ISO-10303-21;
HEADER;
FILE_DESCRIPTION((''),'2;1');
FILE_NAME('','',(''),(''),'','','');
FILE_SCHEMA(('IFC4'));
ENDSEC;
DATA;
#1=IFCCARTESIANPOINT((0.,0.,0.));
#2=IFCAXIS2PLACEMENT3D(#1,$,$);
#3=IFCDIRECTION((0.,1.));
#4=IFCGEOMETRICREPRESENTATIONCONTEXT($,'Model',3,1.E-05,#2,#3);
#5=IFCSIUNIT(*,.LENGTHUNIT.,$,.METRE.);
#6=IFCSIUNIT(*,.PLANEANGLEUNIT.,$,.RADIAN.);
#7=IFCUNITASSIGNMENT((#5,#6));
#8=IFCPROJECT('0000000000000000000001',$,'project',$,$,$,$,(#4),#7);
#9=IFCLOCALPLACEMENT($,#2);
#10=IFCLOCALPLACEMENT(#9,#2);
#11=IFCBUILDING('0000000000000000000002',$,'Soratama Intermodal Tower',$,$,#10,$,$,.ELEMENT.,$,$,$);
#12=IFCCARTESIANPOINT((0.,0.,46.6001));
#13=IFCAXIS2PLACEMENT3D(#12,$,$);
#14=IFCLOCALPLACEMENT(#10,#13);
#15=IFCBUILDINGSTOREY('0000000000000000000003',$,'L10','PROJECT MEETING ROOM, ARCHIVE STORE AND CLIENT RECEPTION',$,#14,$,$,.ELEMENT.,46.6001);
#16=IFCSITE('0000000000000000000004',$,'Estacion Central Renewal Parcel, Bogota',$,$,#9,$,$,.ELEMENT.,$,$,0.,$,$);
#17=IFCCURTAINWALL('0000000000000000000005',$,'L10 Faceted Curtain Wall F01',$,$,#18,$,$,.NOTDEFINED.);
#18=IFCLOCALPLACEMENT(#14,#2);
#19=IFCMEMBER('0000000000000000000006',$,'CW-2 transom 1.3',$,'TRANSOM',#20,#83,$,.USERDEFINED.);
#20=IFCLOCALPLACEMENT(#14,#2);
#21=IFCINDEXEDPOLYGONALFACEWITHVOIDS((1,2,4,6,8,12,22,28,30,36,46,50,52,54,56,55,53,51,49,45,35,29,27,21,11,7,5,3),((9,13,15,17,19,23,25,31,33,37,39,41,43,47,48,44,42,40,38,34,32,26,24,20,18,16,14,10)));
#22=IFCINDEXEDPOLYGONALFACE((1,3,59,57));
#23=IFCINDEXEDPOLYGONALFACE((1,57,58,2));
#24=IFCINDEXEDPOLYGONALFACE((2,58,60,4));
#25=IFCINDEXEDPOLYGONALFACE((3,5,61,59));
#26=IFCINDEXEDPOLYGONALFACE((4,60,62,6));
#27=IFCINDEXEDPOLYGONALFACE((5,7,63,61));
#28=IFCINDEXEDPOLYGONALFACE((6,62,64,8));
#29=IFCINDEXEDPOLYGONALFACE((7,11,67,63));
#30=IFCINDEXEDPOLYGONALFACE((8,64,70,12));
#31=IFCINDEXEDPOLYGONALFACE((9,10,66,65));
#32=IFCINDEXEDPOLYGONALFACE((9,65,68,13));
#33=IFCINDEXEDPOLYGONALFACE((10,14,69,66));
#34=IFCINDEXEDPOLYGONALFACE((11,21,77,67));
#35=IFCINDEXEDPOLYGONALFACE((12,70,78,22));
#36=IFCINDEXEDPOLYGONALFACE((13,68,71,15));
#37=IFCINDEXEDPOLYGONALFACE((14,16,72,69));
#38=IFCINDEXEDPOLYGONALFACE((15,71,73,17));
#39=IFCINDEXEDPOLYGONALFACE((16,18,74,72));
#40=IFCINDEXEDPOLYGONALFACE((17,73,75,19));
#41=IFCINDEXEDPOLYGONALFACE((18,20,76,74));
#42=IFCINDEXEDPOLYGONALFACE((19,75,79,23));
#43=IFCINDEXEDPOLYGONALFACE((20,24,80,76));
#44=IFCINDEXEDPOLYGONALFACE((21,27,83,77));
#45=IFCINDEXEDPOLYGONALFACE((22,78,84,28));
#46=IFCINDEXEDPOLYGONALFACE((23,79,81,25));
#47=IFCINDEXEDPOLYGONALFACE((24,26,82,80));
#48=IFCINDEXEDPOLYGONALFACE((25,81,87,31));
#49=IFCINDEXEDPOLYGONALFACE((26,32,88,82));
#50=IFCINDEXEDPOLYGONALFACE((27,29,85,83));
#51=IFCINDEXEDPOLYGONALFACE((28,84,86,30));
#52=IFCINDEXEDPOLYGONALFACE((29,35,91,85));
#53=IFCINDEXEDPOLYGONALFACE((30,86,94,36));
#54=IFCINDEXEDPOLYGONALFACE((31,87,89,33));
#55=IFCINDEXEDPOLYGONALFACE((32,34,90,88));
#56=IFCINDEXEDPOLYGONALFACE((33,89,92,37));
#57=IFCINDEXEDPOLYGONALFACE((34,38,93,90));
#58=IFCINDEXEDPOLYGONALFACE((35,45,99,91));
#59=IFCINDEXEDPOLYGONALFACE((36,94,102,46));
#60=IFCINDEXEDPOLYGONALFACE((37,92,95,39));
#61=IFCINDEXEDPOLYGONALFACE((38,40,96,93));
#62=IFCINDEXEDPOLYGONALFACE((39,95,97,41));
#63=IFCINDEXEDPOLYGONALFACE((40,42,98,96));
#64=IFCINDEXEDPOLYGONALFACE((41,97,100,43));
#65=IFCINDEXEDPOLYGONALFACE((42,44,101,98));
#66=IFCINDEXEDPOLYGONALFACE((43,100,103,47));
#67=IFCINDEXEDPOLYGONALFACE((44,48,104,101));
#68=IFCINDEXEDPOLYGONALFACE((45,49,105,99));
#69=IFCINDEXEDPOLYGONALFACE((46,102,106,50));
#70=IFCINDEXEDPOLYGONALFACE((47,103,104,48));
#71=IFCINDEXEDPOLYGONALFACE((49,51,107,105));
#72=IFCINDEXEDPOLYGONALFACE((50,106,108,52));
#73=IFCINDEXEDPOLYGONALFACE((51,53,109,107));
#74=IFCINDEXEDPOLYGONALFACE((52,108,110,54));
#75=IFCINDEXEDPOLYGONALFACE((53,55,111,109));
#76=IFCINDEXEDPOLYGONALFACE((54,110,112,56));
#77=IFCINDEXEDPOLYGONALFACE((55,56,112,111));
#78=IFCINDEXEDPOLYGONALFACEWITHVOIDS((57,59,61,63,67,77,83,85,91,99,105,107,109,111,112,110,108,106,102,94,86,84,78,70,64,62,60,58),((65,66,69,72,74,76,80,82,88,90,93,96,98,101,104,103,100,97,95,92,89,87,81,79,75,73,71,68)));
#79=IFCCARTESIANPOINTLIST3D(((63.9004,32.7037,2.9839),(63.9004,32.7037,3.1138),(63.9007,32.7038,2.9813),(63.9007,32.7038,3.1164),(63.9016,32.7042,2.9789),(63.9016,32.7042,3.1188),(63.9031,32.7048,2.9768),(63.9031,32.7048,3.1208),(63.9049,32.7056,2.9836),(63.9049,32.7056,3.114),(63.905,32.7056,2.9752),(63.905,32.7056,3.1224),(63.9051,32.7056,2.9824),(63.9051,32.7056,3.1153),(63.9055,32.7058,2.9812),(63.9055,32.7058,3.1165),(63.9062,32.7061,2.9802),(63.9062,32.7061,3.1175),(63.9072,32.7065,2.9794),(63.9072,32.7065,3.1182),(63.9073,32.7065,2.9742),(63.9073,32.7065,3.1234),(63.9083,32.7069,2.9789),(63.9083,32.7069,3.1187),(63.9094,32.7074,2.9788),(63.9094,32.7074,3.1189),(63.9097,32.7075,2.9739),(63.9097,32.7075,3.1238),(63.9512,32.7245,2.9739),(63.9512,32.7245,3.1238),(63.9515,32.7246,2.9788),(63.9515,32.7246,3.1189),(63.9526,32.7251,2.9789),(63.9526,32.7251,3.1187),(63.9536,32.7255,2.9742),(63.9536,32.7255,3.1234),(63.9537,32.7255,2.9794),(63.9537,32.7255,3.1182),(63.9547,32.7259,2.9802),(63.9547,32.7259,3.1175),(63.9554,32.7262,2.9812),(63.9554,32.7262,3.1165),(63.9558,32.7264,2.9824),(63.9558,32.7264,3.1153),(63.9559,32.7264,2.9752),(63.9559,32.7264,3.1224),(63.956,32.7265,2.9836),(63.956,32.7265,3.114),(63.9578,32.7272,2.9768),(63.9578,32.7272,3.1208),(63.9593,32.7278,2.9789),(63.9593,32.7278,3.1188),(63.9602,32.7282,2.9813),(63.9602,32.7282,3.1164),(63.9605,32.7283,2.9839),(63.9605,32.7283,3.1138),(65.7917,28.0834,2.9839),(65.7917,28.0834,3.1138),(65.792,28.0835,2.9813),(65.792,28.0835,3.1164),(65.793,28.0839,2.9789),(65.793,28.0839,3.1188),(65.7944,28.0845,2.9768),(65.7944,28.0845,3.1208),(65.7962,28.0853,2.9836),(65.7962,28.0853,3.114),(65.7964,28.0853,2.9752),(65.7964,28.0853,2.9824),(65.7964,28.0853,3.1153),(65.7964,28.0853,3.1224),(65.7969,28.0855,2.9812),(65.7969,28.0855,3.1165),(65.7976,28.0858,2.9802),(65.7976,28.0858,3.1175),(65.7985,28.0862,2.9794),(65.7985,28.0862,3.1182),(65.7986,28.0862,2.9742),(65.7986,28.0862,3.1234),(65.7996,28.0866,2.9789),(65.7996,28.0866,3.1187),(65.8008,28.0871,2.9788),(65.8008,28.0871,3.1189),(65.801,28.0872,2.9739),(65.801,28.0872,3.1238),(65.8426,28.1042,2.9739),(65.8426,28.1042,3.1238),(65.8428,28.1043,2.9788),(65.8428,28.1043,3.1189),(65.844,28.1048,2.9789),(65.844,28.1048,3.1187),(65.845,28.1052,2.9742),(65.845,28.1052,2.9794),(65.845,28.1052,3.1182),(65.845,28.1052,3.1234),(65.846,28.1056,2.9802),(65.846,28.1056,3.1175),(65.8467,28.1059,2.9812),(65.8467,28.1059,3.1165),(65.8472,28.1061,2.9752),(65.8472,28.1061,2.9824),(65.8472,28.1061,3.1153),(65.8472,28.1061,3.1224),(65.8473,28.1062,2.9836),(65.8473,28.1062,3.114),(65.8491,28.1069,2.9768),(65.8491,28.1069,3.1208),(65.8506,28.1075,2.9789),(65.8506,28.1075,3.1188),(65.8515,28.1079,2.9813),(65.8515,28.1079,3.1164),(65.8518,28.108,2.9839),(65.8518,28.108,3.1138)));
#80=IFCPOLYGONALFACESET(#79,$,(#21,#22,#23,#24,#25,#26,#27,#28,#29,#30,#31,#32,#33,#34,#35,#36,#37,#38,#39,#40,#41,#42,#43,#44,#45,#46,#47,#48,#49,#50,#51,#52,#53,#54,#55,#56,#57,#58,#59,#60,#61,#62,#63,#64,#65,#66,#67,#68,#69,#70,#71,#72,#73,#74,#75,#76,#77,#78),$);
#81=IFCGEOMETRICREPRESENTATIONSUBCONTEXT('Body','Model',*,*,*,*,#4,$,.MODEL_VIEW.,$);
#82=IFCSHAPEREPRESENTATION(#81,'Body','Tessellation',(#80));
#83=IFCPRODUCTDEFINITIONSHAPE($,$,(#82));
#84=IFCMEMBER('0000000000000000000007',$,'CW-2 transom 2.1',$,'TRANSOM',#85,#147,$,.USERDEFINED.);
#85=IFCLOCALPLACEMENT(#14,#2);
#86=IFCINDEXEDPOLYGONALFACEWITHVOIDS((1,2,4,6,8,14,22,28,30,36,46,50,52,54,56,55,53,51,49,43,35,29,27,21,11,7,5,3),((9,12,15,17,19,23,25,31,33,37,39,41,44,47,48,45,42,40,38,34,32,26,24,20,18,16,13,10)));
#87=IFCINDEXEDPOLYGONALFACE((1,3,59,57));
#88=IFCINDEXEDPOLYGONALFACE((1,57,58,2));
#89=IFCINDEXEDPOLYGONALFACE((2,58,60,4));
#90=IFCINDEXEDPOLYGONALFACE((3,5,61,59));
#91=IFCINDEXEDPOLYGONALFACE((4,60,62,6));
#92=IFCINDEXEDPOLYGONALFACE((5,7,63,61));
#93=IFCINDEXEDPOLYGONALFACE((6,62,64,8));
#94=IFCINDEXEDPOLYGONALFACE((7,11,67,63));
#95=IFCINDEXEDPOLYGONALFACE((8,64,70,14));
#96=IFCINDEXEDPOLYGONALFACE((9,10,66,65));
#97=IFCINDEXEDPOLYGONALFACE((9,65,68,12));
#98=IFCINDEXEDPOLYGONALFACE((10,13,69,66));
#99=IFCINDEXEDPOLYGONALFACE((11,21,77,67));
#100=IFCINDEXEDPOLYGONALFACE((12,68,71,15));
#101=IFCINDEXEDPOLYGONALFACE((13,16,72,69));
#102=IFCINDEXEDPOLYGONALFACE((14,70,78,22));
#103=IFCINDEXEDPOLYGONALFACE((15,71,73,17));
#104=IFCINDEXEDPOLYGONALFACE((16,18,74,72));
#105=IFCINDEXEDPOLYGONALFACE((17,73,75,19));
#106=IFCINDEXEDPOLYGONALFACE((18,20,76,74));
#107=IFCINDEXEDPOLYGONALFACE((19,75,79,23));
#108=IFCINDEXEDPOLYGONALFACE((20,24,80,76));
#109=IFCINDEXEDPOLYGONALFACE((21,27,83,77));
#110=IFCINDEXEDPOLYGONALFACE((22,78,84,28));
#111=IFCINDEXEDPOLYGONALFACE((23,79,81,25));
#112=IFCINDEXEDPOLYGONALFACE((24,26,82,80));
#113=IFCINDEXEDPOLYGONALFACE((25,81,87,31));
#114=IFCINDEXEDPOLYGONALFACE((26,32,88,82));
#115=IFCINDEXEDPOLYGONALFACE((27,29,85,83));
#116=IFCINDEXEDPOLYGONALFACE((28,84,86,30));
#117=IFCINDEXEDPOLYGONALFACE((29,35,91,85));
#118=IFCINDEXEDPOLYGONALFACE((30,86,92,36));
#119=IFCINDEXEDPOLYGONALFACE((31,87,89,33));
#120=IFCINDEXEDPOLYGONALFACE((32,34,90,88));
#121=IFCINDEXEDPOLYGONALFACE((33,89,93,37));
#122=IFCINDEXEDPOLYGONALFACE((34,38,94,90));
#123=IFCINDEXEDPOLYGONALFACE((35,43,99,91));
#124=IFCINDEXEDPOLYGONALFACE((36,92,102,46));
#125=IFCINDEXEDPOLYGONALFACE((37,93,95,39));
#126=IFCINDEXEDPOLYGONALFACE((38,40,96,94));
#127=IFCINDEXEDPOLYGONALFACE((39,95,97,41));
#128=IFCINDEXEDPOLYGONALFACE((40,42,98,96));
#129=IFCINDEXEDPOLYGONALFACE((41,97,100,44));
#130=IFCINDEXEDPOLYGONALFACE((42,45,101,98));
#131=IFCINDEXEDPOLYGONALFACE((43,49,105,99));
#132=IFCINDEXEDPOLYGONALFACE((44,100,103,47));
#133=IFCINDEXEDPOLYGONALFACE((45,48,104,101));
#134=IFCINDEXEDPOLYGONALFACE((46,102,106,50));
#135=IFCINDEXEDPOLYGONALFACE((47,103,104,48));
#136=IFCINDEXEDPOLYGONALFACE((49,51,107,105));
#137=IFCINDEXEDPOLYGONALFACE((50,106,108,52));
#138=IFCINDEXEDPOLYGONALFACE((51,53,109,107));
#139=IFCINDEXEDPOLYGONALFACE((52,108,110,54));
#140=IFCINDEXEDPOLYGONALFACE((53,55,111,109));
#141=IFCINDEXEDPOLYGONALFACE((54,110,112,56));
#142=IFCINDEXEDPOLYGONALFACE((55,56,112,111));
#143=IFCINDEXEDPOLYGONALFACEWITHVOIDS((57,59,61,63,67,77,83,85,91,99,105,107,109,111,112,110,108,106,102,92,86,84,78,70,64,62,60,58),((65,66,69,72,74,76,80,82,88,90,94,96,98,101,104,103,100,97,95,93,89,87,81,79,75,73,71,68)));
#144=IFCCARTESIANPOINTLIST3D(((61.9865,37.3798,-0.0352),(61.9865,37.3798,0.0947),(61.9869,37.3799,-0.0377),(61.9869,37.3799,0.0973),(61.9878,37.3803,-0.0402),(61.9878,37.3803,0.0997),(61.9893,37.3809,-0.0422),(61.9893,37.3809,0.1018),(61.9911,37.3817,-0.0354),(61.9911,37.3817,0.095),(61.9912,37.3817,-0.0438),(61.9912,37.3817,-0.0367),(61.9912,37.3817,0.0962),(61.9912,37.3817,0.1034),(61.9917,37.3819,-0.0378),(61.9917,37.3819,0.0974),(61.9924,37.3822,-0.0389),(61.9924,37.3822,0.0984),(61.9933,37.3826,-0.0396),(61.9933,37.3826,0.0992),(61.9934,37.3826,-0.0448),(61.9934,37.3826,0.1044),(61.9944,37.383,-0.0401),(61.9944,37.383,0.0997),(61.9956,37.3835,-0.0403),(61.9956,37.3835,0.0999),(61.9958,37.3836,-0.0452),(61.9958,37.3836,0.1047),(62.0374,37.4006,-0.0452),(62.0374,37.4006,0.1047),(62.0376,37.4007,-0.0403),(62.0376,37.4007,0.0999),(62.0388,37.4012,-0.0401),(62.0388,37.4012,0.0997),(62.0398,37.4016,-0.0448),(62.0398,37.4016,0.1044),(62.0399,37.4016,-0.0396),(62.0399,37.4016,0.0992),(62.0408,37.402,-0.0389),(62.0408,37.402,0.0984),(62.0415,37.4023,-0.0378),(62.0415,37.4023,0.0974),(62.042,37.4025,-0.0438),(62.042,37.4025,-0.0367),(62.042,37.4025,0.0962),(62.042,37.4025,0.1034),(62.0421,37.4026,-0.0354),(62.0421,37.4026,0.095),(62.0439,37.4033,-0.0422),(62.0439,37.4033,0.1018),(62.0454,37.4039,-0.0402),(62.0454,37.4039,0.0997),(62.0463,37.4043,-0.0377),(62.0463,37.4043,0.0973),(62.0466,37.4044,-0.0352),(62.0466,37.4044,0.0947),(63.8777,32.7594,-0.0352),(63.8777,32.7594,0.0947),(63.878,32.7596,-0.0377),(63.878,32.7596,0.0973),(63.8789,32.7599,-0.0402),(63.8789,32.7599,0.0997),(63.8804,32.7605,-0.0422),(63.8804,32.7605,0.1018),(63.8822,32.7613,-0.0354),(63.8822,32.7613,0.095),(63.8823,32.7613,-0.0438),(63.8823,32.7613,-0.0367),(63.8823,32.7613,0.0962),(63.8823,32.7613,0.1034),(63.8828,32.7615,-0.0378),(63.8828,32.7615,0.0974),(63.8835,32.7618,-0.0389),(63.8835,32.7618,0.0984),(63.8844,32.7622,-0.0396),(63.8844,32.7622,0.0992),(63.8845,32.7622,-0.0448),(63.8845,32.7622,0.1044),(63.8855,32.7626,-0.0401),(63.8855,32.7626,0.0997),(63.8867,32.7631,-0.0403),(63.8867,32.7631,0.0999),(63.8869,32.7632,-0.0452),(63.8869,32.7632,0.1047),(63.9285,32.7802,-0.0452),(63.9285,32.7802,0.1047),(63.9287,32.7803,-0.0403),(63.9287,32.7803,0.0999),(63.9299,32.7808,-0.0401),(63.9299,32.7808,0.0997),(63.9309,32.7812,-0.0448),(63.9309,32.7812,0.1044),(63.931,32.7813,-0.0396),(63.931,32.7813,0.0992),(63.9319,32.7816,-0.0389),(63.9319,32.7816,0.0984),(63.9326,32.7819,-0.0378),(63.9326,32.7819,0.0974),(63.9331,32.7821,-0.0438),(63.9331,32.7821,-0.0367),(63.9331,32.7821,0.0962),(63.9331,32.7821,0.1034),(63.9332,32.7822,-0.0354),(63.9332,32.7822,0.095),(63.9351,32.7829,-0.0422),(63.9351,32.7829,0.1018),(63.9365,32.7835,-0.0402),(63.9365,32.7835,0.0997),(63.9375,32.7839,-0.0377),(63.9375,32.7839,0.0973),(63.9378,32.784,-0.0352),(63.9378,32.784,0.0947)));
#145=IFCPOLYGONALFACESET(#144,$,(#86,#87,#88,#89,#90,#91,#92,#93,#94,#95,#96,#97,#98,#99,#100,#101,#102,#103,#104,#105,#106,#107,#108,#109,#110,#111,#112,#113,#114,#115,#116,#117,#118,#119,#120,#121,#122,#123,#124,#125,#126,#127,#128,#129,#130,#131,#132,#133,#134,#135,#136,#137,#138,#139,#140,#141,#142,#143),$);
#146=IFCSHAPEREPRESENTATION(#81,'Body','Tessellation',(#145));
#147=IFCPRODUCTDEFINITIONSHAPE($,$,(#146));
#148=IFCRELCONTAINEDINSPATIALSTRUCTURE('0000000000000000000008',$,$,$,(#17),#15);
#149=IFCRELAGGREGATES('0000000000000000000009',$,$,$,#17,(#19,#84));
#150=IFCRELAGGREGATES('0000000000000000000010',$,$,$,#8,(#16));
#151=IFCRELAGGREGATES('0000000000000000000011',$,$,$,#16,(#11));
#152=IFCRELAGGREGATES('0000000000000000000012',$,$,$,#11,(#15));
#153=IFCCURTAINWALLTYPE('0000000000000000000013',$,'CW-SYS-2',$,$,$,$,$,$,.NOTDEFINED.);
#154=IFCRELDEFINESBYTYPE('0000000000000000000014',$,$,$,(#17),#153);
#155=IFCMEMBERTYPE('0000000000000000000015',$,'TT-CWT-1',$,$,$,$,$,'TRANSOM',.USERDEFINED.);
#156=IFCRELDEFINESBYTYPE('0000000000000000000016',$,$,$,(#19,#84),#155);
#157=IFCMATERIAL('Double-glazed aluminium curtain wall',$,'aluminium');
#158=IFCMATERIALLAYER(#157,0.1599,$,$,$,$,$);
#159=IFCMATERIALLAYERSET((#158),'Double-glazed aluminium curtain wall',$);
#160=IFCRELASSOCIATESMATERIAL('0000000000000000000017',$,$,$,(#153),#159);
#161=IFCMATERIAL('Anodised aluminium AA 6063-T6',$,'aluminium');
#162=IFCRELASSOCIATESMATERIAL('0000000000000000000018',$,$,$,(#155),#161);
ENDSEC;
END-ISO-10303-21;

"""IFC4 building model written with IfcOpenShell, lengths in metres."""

from ifc_helpers import new_model, si_unit, direction, frame, origin, origin_2d, place, context, subcontext, project, spatial, hollow_rectangle, extrude, material, layer, layer_set, material_profile, profile_set, type_object, element, aggregate, save


model = new_model("IFC4")

# Units and contexts
model_context = context("Model", 3, precision=1e-05, world=origin(), true_north=direction((0.0, 1.0)))
body_context = subcontext(model_context, "Body", "Model", "MODEL_VIEW")
ifc_project = project(units=[si_unit("LENGTHUNIT", "METRE"), si_unit("PLANEANGLEUNIT", "RADIAN")], contexts=[model_context])

# Site, building, storey
site_placement = place(None, origin())
site = spatial("IfcSite", under=ifc_project, at=site_placement, Name="Estacion Central Renewal Parcel, Bogota", CompositionType="ELEMENT", RefElevation=0.0)
building_placement = place(site_placement, origin())
building = spatial("IfcBuilding", under=site, at=building_placement, Name="Soratama Intermodal Tower", CompositionType="ELEMENT")
storey_placement = place(building_placement, frame((0.0, 0.0, 46.6001)))
storey = spatial("IfcBuildingStorey", under=building, at=storey_placement, Name="L10", Description="PROJECT MEETING ROOM, ARCHIVE STORE AND CLIENT RECEPTION", CompositionType="ELEMENT", Elevation=46.6001)

# Curtain wall, members
ifc_material_1 = material(Name="Double-glazed aluminium curtain wall", Category="aluminium")
ifc_layer_1 = layer(ifc_material_1, 0.1599)
ifc_layer_set_1 = layer_set([ifc_layer_1], Name="Double-glazed aluminium curtain wall")
curtain_wall_type = type_object("IfcCurtainWallType", Name="CW-SYS-2", PredefinedType="NOTDEFINED", material=ifc_layer_set_1)
curtain_wall_placement = place(storey_placement, origin())
curtain_wall = element("IfcCurtainWall", 1, at=curtain_wall_placement, inside=storey, type_object=curtain_wall_type, Name="L10 Faceted Curtain Wall F01", PredefinedType="NOTDEFINED")
ifc_material_2 = material(Name="Anodised aluminium AA 6063-T6", Category="aluminium")
ifc_material_profile_1 = material_profile(ifc_material_2, hollow_rectangle(XDim=0.0649, YDim=0.1499, WallThickness=0.0049, InnerFilletRadius=0.0049, OuterFilletRadius=0.01, at=origin_2d()), Name="CWT150X65X5")
ifc_profile_set_1 = profile_set([ifc_material_profile_1], Name="Anodised aluminium AA 6063-T6")
member_type_1 = type_object("IfcMemberType", Name="TT-CWT-1", ElementType="TRANSOM", PredefinedType="USERDEFINED", material=ifc_profile_set_1)
member_1_placement = place(storey_placement, frame((65.8218, 28.0957, 3.0488), z_axis=(-0.37884, 0.925462, 0.0), x_axis=(-0.925462, -0.37884, 0.0)))
member_1 = element("IfcMember", 2, at=member_1_placement, type_object=member_type_1, Name="CW-2 transom 1.3", ObjectType="TRANSOM", PredefinedType="USERDEFINED", context=body_context, shape_type="SweptSolid", body=[
    extrude(hollow_rectangle(XDim=0.0649, YDim=0.1499, WallThickness=0.0049, InnerFilletRadius=0.0049, OuterFilletRadius=0.01, at=origin_2d()), origin(), (0.0, 0.0, 1.0), 4.9924),
])
member_2_placement = place(storey_placement, frame((63.9077, 32.7717, 0.0298), z_axis=(-0.378799, 0.925479, 0.0), x_axis=(-0.925479, -0.378799, 0.0)))
member_2 = element("IfcMember", 3, at=member_2_placement, type_object=member_type_1, Name="CW-2 transom 2.1", ObjectType="TRANSOM", PredefinedType="USERDEFINED", context=body_context, shape_type="SweptSolid", body=[
    extrude(hollow_rectangle(XDim=0.0649, YDim=0.1499, WallThickness=0.0049, InnerFilletRadius=0.0049, OuterFilletRadius=0.01, at=origin_2d()), origin(), (0.0, 0.0, 1.0), 4.9924),
])
aggregate(curtain_wall, [member_1, member_2])

save(model, "model.ifc")
